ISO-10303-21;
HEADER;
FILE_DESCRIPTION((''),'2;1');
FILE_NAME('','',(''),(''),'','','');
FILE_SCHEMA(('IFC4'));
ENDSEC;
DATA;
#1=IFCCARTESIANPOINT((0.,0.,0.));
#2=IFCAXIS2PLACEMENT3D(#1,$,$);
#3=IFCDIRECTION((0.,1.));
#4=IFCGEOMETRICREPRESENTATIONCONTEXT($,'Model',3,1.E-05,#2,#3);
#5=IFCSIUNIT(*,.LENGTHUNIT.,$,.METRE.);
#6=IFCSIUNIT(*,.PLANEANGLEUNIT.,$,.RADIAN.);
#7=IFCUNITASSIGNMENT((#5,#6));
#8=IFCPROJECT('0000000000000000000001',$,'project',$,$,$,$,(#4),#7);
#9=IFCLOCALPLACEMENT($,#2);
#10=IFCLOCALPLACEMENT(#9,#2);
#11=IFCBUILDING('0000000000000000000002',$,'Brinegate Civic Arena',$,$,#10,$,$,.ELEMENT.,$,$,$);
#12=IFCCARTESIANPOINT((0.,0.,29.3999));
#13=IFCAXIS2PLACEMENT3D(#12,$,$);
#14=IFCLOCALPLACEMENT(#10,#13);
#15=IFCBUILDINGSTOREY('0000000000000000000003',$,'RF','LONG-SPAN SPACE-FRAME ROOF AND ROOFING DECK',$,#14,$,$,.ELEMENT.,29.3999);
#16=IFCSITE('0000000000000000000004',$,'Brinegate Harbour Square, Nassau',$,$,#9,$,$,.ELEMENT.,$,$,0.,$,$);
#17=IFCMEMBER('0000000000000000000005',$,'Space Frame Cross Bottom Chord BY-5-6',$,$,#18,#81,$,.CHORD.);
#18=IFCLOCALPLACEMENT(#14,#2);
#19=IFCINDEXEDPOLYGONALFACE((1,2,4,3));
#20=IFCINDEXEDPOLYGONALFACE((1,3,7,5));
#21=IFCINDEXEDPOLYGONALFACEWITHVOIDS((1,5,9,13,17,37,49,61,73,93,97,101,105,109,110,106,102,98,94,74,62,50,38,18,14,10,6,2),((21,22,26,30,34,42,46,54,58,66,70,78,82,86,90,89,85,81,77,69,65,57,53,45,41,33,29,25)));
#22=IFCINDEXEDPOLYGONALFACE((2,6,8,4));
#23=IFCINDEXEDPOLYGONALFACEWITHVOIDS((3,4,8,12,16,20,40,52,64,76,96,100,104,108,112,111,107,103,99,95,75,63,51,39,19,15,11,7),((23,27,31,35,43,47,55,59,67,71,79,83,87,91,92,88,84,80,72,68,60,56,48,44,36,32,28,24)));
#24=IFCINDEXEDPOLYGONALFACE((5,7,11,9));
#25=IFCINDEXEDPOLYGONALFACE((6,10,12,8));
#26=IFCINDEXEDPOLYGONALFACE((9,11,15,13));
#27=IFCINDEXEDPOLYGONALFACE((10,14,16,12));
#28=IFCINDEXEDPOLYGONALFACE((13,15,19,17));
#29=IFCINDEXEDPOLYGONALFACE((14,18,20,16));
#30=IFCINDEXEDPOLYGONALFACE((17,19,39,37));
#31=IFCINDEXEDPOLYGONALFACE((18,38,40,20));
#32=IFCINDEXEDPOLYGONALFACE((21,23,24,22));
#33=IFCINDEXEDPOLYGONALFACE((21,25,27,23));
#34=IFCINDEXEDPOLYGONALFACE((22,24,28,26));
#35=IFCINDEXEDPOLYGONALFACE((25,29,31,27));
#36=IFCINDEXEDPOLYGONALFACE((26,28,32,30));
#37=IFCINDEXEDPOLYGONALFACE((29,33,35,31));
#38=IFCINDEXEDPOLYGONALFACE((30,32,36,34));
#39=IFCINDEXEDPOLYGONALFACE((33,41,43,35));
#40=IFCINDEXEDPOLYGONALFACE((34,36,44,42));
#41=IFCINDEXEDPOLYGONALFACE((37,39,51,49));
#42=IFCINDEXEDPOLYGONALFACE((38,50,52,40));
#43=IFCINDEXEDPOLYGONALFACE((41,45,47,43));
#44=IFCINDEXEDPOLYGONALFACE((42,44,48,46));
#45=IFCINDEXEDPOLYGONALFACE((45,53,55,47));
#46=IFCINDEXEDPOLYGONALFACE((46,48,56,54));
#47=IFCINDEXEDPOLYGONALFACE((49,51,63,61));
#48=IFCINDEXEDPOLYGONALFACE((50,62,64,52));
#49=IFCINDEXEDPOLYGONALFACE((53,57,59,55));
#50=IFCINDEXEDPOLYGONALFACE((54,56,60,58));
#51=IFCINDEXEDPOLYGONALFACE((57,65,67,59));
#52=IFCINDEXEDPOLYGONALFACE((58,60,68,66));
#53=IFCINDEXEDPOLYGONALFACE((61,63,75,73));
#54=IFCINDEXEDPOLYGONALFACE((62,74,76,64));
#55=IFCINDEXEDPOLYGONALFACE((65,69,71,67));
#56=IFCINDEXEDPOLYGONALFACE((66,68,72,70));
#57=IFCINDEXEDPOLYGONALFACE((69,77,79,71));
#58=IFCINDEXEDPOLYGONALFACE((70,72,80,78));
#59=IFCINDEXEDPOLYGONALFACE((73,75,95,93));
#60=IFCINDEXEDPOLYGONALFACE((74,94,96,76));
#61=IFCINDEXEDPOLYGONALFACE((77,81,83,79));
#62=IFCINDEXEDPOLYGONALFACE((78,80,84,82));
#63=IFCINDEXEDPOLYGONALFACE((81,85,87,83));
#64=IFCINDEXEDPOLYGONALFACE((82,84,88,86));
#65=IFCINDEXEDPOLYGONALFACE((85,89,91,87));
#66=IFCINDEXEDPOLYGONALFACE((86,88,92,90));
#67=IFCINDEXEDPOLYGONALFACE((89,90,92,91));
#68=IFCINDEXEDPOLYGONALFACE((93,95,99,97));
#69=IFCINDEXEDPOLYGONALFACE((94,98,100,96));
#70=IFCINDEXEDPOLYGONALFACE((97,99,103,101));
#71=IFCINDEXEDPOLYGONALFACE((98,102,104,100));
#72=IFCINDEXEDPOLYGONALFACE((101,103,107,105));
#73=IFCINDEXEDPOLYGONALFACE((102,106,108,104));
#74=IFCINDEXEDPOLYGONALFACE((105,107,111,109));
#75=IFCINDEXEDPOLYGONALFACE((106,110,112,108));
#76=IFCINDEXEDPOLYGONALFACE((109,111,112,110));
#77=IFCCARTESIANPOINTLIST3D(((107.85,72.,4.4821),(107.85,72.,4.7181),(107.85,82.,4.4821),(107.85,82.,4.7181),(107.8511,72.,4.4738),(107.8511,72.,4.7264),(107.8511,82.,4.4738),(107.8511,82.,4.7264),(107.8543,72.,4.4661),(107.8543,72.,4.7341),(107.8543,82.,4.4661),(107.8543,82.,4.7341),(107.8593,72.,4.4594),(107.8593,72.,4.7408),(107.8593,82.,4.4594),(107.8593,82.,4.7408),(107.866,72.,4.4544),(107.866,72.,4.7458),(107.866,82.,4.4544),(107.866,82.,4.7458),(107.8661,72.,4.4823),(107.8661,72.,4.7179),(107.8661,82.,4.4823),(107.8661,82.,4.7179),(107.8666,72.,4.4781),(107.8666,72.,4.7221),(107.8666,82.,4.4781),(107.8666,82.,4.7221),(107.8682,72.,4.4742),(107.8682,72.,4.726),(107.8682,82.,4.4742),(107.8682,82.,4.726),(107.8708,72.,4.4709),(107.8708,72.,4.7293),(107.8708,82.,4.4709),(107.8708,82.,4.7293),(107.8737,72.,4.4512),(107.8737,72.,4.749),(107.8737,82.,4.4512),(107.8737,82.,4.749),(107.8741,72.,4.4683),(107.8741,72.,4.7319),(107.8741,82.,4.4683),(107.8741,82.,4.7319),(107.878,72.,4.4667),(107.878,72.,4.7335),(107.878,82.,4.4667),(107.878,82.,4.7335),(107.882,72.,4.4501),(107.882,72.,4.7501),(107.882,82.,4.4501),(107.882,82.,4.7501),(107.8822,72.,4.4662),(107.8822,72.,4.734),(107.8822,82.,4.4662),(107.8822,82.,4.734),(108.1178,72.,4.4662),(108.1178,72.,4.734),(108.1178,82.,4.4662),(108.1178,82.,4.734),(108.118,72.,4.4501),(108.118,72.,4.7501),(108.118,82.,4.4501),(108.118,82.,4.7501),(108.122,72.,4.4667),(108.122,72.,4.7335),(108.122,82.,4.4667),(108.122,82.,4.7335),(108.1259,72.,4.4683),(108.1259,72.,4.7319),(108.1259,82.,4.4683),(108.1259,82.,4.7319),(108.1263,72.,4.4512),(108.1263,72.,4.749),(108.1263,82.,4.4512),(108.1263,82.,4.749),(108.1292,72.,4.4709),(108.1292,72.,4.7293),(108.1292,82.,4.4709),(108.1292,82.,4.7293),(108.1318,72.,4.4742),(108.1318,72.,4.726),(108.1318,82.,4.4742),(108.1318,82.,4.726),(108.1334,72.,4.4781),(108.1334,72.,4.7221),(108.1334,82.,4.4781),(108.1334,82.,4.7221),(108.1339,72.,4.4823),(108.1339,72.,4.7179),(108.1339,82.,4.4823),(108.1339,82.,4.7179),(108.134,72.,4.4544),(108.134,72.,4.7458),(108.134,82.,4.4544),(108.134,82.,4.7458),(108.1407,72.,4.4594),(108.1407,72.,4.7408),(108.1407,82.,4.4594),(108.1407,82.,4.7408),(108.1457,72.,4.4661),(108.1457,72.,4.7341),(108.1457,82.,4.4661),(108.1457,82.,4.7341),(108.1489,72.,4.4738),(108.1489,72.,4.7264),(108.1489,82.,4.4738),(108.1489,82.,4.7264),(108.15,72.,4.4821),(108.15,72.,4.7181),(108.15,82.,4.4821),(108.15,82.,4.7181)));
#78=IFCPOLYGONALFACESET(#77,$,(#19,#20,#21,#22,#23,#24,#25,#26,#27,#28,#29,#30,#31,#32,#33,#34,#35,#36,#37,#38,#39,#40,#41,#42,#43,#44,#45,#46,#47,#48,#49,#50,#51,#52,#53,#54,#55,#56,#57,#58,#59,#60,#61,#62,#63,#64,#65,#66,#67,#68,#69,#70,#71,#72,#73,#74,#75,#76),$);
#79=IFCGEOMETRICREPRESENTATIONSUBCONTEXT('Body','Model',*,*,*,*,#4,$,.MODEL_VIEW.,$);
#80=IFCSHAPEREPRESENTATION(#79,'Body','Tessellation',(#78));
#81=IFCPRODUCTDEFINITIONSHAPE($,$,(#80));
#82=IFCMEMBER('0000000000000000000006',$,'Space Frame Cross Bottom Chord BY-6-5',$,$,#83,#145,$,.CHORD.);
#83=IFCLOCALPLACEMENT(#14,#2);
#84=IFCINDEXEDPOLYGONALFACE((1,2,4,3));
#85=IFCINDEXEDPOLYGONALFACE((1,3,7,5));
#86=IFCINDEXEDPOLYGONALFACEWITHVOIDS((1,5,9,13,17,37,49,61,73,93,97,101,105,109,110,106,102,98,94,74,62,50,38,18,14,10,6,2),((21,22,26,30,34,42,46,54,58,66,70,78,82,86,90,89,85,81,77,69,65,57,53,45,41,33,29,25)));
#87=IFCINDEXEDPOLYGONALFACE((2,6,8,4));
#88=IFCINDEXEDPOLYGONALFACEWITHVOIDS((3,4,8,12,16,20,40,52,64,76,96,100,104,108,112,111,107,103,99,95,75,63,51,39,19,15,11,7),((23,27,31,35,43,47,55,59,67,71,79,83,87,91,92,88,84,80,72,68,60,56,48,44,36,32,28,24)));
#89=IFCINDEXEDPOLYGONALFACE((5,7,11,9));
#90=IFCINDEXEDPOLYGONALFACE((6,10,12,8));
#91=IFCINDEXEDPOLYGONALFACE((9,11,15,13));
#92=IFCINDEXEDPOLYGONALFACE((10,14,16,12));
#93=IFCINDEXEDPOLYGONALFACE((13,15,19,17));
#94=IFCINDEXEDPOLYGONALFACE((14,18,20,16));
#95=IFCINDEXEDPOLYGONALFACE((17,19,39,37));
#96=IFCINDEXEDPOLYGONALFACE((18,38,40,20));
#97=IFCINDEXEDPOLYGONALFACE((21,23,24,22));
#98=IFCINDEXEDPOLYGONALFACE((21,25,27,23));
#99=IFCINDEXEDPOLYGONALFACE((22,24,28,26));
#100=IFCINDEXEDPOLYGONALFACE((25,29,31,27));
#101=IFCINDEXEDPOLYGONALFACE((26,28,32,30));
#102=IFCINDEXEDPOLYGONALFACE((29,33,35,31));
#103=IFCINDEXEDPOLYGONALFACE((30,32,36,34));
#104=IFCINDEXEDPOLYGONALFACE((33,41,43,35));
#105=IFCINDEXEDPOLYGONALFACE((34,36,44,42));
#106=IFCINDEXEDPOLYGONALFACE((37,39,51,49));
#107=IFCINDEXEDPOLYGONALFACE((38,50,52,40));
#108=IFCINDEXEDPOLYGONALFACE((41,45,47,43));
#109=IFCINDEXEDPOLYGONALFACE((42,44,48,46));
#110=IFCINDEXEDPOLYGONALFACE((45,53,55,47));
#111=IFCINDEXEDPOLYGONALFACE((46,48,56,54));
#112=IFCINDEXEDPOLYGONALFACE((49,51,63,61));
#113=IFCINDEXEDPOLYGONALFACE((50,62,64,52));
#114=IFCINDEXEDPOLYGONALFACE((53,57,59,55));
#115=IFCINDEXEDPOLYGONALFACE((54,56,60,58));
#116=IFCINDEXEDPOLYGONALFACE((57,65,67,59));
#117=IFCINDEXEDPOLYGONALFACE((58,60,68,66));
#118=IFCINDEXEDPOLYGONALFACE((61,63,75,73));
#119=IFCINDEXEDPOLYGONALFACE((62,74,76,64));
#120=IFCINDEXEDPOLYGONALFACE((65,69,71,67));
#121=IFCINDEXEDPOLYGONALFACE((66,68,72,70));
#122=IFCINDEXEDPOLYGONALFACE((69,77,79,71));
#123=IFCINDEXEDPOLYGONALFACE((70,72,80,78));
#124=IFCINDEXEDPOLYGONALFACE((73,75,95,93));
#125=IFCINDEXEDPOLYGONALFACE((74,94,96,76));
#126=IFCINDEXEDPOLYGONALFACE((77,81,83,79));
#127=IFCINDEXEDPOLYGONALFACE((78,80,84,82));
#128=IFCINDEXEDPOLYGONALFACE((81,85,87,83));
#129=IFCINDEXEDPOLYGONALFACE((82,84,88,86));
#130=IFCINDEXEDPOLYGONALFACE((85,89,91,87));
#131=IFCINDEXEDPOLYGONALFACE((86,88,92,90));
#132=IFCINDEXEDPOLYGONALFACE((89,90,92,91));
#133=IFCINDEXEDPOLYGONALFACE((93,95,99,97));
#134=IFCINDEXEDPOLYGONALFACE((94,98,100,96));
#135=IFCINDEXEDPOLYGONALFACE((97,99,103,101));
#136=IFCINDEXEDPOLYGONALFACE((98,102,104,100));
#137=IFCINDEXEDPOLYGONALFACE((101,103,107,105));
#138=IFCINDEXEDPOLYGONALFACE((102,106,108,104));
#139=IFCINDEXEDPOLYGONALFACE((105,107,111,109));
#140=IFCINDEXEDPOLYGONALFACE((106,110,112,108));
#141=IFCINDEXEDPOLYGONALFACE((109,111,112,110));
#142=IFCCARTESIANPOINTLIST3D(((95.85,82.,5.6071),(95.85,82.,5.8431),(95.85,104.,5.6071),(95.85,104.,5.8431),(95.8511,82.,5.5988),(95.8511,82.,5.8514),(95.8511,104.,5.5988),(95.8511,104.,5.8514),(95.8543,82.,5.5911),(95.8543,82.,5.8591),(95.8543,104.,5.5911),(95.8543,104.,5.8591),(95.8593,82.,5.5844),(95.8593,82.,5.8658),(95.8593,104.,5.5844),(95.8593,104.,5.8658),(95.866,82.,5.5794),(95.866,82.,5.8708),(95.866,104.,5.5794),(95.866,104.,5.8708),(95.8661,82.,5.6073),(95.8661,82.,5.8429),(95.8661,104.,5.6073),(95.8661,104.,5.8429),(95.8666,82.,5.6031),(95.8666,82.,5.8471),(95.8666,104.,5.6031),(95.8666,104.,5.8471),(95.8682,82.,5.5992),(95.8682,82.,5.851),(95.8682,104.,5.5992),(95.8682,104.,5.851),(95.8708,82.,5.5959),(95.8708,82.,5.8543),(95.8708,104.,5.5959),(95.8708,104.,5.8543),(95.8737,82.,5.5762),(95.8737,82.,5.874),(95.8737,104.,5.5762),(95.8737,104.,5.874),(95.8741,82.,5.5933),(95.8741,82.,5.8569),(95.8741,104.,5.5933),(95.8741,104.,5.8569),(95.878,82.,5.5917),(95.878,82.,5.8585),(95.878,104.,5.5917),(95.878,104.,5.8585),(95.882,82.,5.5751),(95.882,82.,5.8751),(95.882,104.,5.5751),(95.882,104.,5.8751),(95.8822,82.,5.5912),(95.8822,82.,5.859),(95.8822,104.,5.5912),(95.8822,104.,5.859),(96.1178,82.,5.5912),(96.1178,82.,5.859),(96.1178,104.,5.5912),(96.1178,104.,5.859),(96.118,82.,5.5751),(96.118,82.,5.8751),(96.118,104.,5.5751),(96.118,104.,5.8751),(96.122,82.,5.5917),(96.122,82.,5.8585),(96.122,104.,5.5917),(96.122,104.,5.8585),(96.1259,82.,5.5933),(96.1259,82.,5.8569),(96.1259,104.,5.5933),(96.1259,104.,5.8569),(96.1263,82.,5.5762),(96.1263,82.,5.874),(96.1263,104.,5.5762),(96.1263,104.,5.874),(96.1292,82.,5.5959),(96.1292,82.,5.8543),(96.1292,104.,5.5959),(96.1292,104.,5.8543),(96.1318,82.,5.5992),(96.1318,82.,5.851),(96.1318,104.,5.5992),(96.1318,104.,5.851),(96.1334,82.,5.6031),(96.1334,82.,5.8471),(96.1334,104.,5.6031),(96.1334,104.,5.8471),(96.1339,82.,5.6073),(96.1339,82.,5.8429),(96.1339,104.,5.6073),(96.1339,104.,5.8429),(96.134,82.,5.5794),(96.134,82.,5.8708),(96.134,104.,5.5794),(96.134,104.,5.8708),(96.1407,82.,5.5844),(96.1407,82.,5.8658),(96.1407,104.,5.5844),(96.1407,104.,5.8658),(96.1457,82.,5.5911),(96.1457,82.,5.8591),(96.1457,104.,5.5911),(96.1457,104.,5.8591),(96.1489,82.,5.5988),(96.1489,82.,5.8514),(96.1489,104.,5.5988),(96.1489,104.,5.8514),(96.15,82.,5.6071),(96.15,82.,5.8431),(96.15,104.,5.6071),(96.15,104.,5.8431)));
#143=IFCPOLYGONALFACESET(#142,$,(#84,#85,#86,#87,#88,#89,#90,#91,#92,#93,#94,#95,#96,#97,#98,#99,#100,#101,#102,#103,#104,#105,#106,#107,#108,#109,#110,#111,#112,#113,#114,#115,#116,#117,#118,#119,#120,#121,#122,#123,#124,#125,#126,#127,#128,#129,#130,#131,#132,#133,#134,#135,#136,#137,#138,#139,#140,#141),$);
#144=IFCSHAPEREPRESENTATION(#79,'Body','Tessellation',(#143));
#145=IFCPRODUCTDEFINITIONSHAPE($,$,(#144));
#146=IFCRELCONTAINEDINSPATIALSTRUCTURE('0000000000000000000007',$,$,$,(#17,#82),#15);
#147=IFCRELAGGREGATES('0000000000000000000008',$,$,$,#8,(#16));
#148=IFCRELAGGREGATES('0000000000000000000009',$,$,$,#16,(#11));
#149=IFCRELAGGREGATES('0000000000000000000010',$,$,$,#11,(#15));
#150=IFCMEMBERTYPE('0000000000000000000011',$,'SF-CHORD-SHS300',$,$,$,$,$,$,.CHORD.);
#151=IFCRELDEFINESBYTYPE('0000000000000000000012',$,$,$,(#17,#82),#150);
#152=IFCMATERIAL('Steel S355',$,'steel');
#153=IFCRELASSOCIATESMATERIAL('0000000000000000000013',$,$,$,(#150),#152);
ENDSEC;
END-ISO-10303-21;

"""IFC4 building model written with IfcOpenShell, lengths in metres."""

from ifc_helpers import new_model, si_unit, direction, frame, origin, origin_2d, place, context, subcontext, project, spatial, hollow_rectangle, extrude, material, material_profile, profile_set, type_object, element, save


model = new_model("IFC4")

# Units and contexts
model_context = context("Model", 3, precision=1e-05, world=origin(), true_north=direction((0.0, 1.0)))
body_context = subcontext(model_context, "Body", "Model", "MODEL_VIEW")
ifc_project = project(units=[si_unit("LENGTHUNIT", "METRE"), si_unit("PLANEANGLEUNIT", "RADIAN")], contexts=[model_context])

# Site, building, storey
site_placement = place(None, origin())
site = spatial("IfcSite", under=ifc_project, at=site_placement, Name="Brinegate Harbour Square, Nassau", CompositionType="ELEMENT", RefElevation=0.0)
building_placement = place(site_placement, origin())
building = spatial("IfcBuilding", under=site, at=building_placement, Name="Brinegate Civic Arena", CompositionType="ELEMENT")
storey_placement = place(building_placement, frame((0.0, 0.0, 29.3999)))
storey = spatial("IfcBuildingStorey", under=building, at=storey_placement, Name="RF", Description="LONG-SPAN SPACE-FRAME ROOF AND ROOFING DECK", CompositionType="ELEMENT", Elevation=29.3999)

# Members
ifc_material = material(Name="Steel S355", Category="steel")
ifc_material_profile_1 = material_profile(ifc_material, hollow_rectangle(XDim=0.3, YDim=0.3, WallThickness=0.0161, InnerFilletRadius=0.0161, OuterFilletRadius=0.032, at=origin_2d()), Name="SHS300X16")
ifc_profile_set_1 = profile_set([ifc_material_profile_1], Name="Steel S355")
member_type_1 = type_object("IfcMemberType", Name="SF-CHORD-SHS300", PredefinedType="CHORD", material=ifc_profile_set_1)
member_1_placement = place(storey_placement, frame((108.0, 72.0, 4.6001), z_axis=(0.0, 1.0, 0.0), x_axis=(-1.0, 0.0, 0.0)))
element("IfcMember", 1, at=member_1_placement, inside=storey, type_object=member_type_1, Name="Space Frame Cross Bottom Chord BY-5-6", PredefinedType="CHORD", context=body_context, shape_type="SweptSolid", body=[
    extrude(hollow_rectangle(XDim=0.3, YDim=0.3, WallThickness=0.0161, InnerFilletRadius=0.0161, OuterFilletRadius=0.032, at=origin_2d()), origin(), (0.0, 0.0, 1.0), 10.0),
])
for number, where, z_axis, x_axis, name in (
    (2, (96.0, 82.0, 5.7251), (0.0, 1.0, 0.0), (-1.0, 0.0, 0.0), "Space Frame Cross Bottom Chord BY-6-5"),
):
    element("IfcMember", number, at=place(storey_placement, frame(where, z_axis=z_axis, x_axis=x_axis)), inside=storey, type_object=member_type_1, Name=name, PredefinedType="CHORD", context=body_context, shape_type="SweptSolid", body=[
        extrude(hollow_rectangle(XDim=0.3, YDim=0.3, WallThickness=0.0161, InnerFilletRadius=0.0161, OuterFilletRadius=0.032, at=origin_2d()), origin(), (0.0, 0.0, 1.0), 22.0),
    ])

save(model, "model.ifc")
